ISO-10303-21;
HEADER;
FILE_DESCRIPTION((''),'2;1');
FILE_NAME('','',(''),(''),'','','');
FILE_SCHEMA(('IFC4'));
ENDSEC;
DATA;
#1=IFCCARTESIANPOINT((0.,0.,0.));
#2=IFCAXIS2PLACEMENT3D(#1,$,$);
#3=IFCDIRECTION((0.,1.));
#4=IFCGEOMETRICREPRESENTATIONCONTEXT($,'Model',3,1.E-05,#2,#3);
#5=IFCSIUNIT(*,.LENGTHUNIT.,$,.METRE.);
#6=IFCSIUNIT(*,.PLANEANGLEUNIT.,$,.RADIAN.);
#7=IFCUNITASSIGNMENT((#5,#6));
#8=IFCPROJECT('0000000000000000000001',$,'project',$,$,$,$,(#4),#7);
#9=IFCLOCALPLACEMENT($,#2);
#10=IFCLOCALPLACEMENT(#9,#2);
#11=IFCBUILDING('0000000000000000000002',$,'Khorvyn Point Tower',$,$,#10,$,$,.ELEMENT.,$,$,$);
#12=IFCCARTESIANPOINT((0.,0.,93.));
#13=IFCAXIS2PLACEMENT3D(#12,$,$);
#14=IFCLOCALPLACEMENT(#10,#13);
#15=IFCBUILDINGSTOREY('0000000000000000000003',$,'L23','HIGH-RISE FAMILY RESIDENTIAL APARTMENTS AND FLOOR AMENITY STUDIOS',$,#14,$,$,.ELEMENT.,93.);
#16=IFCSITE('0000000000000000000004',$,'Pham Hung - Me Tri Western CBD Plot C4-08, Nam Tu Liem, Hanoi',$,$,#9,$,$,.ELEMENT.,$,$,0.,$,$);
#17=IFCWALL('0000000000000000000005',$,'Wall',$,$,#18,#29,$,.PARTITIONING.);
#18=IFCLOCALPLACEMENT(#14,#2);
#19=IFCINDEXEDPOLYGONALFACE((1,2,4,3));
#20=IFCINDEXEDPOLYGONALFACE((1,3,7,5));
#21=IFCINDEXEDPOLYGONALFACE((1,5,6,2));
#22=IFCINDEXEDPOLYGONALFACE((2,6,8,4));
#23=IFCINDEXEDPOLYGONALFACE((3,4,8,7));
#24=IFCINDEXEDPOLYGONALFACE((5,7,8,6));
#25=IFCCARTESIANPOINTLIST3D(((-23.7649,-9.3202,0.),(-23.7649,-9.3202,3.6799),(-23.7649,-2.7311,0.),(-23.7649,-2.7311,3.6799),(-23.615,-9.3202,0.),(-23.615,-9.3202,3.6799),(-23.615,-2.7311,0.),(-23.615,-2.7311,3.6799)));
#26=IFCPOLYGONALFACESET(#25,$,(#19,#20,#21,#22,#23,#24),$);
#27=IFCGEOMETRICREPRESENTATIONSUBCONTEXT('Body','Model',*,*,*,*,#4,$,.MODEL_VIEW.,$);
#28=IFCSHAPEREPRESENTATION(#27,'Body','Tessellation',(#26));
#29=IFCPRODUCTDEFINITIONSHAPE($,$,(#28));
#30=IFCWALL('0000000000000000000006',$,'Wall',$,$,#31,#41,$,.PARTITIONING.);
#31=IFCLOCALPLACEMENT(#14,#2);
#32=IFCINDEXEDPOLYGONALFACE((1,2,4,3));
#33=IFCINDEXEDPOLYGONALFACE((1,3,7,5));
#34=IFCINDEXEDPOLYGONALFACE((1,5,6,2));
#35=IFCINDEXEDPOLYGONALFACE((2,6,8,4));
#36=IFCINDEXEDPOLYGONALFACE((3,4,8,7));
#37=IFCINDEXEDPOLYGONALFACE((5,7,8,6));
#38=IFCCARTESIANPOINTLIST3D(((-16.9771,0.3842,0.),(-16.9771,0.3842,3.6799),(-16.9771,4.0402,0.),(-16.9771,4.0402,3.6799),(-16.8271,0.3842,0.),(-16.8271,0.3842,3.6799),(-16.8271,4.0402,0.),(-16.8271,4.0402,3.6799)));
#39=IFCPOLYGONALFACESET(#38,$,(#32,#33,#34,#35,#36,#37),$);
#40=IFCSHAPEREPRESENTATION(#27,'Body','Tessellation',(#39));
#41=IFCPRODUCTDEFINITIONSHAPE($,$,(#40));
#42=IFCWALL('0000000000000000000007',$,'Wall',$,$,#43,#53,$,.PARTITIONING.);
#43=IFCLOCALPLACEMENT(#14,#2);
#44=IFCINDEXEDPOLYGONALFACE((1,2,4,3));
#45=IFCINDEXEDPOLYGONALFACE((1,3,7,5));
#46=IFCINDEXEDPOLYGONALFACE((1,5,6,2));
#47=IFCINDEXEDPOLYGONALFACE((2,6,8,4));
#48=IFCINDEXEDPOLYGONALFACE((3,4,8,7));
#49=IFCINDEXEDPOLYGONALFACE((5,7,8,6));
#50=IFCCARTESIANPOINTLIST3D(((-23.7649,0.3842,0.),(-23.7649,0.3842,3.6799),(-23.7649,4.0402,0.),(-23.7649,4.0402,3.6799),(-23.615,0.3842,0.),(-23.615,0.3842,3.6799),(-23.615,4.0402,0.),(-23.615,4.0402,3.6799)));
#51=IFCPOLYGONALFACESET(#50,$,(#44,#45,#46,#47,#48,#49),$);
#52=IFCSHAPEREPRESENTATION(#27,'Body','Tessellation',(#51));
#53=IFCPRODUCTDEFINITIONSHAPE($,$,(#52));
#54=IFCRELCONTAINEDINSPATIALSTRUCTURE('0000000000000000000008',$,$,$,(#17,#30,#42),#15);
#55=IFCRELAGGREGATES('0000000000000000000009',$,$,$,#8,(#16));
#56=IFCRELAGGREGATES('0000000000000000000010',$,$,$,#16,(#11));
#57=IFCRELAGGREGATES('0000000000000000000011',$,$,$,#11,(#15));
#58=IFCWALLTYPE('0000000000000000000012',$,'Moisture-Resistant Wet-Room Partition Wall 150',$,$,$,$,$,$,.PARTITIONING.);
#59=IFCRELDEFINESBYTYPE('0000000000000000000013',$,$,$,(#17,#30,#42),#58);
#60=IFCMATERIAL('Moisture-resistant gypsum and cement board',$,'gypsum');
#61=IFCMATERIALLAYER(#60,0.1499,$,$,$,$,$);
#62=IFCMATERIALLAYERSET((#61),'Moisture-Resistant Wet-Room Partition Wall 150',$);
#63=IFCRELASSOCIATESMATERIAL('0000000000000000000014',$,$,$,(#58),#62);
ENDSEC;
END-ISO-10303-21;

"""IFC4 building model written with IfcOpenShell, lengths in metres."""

from ifc_helpers import new_model, si_unit, direction, frame, frame_2d, origin, place, context, subcontext, project, spatial, rectangle, extrude, material, layer, layer_set, type_object, element, save


model = new_model("IFC4")

# Units and contexts
model_context = context("Model", 3, precision=1e-05, world=origin(), true_north=direction((0.0, 1.0)))
body_context = subcontext(model_context, "Body", "Model", "MODEL_VIEW")
ifc_project = project(units=[si_unit("LENGTHUNIT", "METRE"), si_unit("PLANEANGLEUNIT", "RADIAN")], contexts=[model_context])

# Site, building, storey
site_placement = place(None, origin())
site = spatial("IfcSite", under=ifc_project, at=site_placement, Name="Pham Hung - Me Tri Western CBD Plot C4-08, Nam Tu Liem, Hanoi", CompositionType="ELEMENT", RefElevation=0.0)
building_placement = place(site_placement, origin())
building = spatial("IfcBuilding", under=site, at=building_placement, Name="Khorvyn Point Tower", CompositionType="ELEMENT")
storey_placement = place(building_placement, frame((0.0, 0.0, 93.0)))
storey = spatial("IfcBuildingStorey", under=building, at=storey_placement, Name="L23", Description="HIGH-RISE FAMILY RESIDENTIAL APARTMENTS AND FLOOR AMENITY STUDIOS", CompositionType="ELEMENT", Elevation=93.0)

# Shared definitions
ifc_material_1 = material(Name="Moisture-resistant gypsum and cement board", Category="gypsum")
ifc_layer_1 = layer(ifc_material_1, 0.1499)
ifc_layer_set_1 = layer_set([ifc_layer_1], Name="Moisture-Resistant Wet-Room Partition Wall 150")
wall_type_1 = type_object("IfcWallType", Name="Moisture-Resistant Wet-Room Partition Wall 150", PredefinedType="PARTITIONING", material=ifc_layer_set_1)

# Walls
for number, where, z_axis, x_axis, name in (
    (1, (-23.6899, -9.3201, 0.0), (0.0, 0.0, 1.0), (0.0, 1.0, 0.0), "Wall"),
):
    element("IfcWall", number, at=place(storey_placement, frame(where, z_axis=z_axis, x_axis=x_axis)), inside=storey, type_object=wall_type_1, Name=name, PredefinedType="PARTITIONING", context=body_context, shape_type="SweptSolid", body=[
        extrude(rectangle(XDim=6.5891, YDim=0.1499, at=frame_2d((3.2944, 0.0))), origin(), (0.0, 0.0, 1.0), 3.6799),
    ])
for number, where, z_axis, x_axis, name in (
    (2, (-16.9021, 0.384, 0.0), (0.0, 0.0, 1.0), (0.0, 1.0, 0.0), "Wall"),
    (3, (-23.6899, 0.384, 0.0), (0.0, 0.0, 1.0), (0.0, 1.0, 0.0), "Wall"),
):
    element("IfcWall", number, at=place(storey_placement, frame(where, z_axis=z_axis, x_axis=x_axis)), inside=storey, type_object=wall_type_1, Name=name, PredefinedType="PARTITIONING", context=body_context, shape_type="SweptSolid", body=[
        extrude(rectangle(XDim=3.656, YDim=0.1499, at=frame_2d((1.8281, 0.0))), origin(), (0.0, 0.0, 1.0), 3.6799),
    ])

save(model, "model.ifc")
